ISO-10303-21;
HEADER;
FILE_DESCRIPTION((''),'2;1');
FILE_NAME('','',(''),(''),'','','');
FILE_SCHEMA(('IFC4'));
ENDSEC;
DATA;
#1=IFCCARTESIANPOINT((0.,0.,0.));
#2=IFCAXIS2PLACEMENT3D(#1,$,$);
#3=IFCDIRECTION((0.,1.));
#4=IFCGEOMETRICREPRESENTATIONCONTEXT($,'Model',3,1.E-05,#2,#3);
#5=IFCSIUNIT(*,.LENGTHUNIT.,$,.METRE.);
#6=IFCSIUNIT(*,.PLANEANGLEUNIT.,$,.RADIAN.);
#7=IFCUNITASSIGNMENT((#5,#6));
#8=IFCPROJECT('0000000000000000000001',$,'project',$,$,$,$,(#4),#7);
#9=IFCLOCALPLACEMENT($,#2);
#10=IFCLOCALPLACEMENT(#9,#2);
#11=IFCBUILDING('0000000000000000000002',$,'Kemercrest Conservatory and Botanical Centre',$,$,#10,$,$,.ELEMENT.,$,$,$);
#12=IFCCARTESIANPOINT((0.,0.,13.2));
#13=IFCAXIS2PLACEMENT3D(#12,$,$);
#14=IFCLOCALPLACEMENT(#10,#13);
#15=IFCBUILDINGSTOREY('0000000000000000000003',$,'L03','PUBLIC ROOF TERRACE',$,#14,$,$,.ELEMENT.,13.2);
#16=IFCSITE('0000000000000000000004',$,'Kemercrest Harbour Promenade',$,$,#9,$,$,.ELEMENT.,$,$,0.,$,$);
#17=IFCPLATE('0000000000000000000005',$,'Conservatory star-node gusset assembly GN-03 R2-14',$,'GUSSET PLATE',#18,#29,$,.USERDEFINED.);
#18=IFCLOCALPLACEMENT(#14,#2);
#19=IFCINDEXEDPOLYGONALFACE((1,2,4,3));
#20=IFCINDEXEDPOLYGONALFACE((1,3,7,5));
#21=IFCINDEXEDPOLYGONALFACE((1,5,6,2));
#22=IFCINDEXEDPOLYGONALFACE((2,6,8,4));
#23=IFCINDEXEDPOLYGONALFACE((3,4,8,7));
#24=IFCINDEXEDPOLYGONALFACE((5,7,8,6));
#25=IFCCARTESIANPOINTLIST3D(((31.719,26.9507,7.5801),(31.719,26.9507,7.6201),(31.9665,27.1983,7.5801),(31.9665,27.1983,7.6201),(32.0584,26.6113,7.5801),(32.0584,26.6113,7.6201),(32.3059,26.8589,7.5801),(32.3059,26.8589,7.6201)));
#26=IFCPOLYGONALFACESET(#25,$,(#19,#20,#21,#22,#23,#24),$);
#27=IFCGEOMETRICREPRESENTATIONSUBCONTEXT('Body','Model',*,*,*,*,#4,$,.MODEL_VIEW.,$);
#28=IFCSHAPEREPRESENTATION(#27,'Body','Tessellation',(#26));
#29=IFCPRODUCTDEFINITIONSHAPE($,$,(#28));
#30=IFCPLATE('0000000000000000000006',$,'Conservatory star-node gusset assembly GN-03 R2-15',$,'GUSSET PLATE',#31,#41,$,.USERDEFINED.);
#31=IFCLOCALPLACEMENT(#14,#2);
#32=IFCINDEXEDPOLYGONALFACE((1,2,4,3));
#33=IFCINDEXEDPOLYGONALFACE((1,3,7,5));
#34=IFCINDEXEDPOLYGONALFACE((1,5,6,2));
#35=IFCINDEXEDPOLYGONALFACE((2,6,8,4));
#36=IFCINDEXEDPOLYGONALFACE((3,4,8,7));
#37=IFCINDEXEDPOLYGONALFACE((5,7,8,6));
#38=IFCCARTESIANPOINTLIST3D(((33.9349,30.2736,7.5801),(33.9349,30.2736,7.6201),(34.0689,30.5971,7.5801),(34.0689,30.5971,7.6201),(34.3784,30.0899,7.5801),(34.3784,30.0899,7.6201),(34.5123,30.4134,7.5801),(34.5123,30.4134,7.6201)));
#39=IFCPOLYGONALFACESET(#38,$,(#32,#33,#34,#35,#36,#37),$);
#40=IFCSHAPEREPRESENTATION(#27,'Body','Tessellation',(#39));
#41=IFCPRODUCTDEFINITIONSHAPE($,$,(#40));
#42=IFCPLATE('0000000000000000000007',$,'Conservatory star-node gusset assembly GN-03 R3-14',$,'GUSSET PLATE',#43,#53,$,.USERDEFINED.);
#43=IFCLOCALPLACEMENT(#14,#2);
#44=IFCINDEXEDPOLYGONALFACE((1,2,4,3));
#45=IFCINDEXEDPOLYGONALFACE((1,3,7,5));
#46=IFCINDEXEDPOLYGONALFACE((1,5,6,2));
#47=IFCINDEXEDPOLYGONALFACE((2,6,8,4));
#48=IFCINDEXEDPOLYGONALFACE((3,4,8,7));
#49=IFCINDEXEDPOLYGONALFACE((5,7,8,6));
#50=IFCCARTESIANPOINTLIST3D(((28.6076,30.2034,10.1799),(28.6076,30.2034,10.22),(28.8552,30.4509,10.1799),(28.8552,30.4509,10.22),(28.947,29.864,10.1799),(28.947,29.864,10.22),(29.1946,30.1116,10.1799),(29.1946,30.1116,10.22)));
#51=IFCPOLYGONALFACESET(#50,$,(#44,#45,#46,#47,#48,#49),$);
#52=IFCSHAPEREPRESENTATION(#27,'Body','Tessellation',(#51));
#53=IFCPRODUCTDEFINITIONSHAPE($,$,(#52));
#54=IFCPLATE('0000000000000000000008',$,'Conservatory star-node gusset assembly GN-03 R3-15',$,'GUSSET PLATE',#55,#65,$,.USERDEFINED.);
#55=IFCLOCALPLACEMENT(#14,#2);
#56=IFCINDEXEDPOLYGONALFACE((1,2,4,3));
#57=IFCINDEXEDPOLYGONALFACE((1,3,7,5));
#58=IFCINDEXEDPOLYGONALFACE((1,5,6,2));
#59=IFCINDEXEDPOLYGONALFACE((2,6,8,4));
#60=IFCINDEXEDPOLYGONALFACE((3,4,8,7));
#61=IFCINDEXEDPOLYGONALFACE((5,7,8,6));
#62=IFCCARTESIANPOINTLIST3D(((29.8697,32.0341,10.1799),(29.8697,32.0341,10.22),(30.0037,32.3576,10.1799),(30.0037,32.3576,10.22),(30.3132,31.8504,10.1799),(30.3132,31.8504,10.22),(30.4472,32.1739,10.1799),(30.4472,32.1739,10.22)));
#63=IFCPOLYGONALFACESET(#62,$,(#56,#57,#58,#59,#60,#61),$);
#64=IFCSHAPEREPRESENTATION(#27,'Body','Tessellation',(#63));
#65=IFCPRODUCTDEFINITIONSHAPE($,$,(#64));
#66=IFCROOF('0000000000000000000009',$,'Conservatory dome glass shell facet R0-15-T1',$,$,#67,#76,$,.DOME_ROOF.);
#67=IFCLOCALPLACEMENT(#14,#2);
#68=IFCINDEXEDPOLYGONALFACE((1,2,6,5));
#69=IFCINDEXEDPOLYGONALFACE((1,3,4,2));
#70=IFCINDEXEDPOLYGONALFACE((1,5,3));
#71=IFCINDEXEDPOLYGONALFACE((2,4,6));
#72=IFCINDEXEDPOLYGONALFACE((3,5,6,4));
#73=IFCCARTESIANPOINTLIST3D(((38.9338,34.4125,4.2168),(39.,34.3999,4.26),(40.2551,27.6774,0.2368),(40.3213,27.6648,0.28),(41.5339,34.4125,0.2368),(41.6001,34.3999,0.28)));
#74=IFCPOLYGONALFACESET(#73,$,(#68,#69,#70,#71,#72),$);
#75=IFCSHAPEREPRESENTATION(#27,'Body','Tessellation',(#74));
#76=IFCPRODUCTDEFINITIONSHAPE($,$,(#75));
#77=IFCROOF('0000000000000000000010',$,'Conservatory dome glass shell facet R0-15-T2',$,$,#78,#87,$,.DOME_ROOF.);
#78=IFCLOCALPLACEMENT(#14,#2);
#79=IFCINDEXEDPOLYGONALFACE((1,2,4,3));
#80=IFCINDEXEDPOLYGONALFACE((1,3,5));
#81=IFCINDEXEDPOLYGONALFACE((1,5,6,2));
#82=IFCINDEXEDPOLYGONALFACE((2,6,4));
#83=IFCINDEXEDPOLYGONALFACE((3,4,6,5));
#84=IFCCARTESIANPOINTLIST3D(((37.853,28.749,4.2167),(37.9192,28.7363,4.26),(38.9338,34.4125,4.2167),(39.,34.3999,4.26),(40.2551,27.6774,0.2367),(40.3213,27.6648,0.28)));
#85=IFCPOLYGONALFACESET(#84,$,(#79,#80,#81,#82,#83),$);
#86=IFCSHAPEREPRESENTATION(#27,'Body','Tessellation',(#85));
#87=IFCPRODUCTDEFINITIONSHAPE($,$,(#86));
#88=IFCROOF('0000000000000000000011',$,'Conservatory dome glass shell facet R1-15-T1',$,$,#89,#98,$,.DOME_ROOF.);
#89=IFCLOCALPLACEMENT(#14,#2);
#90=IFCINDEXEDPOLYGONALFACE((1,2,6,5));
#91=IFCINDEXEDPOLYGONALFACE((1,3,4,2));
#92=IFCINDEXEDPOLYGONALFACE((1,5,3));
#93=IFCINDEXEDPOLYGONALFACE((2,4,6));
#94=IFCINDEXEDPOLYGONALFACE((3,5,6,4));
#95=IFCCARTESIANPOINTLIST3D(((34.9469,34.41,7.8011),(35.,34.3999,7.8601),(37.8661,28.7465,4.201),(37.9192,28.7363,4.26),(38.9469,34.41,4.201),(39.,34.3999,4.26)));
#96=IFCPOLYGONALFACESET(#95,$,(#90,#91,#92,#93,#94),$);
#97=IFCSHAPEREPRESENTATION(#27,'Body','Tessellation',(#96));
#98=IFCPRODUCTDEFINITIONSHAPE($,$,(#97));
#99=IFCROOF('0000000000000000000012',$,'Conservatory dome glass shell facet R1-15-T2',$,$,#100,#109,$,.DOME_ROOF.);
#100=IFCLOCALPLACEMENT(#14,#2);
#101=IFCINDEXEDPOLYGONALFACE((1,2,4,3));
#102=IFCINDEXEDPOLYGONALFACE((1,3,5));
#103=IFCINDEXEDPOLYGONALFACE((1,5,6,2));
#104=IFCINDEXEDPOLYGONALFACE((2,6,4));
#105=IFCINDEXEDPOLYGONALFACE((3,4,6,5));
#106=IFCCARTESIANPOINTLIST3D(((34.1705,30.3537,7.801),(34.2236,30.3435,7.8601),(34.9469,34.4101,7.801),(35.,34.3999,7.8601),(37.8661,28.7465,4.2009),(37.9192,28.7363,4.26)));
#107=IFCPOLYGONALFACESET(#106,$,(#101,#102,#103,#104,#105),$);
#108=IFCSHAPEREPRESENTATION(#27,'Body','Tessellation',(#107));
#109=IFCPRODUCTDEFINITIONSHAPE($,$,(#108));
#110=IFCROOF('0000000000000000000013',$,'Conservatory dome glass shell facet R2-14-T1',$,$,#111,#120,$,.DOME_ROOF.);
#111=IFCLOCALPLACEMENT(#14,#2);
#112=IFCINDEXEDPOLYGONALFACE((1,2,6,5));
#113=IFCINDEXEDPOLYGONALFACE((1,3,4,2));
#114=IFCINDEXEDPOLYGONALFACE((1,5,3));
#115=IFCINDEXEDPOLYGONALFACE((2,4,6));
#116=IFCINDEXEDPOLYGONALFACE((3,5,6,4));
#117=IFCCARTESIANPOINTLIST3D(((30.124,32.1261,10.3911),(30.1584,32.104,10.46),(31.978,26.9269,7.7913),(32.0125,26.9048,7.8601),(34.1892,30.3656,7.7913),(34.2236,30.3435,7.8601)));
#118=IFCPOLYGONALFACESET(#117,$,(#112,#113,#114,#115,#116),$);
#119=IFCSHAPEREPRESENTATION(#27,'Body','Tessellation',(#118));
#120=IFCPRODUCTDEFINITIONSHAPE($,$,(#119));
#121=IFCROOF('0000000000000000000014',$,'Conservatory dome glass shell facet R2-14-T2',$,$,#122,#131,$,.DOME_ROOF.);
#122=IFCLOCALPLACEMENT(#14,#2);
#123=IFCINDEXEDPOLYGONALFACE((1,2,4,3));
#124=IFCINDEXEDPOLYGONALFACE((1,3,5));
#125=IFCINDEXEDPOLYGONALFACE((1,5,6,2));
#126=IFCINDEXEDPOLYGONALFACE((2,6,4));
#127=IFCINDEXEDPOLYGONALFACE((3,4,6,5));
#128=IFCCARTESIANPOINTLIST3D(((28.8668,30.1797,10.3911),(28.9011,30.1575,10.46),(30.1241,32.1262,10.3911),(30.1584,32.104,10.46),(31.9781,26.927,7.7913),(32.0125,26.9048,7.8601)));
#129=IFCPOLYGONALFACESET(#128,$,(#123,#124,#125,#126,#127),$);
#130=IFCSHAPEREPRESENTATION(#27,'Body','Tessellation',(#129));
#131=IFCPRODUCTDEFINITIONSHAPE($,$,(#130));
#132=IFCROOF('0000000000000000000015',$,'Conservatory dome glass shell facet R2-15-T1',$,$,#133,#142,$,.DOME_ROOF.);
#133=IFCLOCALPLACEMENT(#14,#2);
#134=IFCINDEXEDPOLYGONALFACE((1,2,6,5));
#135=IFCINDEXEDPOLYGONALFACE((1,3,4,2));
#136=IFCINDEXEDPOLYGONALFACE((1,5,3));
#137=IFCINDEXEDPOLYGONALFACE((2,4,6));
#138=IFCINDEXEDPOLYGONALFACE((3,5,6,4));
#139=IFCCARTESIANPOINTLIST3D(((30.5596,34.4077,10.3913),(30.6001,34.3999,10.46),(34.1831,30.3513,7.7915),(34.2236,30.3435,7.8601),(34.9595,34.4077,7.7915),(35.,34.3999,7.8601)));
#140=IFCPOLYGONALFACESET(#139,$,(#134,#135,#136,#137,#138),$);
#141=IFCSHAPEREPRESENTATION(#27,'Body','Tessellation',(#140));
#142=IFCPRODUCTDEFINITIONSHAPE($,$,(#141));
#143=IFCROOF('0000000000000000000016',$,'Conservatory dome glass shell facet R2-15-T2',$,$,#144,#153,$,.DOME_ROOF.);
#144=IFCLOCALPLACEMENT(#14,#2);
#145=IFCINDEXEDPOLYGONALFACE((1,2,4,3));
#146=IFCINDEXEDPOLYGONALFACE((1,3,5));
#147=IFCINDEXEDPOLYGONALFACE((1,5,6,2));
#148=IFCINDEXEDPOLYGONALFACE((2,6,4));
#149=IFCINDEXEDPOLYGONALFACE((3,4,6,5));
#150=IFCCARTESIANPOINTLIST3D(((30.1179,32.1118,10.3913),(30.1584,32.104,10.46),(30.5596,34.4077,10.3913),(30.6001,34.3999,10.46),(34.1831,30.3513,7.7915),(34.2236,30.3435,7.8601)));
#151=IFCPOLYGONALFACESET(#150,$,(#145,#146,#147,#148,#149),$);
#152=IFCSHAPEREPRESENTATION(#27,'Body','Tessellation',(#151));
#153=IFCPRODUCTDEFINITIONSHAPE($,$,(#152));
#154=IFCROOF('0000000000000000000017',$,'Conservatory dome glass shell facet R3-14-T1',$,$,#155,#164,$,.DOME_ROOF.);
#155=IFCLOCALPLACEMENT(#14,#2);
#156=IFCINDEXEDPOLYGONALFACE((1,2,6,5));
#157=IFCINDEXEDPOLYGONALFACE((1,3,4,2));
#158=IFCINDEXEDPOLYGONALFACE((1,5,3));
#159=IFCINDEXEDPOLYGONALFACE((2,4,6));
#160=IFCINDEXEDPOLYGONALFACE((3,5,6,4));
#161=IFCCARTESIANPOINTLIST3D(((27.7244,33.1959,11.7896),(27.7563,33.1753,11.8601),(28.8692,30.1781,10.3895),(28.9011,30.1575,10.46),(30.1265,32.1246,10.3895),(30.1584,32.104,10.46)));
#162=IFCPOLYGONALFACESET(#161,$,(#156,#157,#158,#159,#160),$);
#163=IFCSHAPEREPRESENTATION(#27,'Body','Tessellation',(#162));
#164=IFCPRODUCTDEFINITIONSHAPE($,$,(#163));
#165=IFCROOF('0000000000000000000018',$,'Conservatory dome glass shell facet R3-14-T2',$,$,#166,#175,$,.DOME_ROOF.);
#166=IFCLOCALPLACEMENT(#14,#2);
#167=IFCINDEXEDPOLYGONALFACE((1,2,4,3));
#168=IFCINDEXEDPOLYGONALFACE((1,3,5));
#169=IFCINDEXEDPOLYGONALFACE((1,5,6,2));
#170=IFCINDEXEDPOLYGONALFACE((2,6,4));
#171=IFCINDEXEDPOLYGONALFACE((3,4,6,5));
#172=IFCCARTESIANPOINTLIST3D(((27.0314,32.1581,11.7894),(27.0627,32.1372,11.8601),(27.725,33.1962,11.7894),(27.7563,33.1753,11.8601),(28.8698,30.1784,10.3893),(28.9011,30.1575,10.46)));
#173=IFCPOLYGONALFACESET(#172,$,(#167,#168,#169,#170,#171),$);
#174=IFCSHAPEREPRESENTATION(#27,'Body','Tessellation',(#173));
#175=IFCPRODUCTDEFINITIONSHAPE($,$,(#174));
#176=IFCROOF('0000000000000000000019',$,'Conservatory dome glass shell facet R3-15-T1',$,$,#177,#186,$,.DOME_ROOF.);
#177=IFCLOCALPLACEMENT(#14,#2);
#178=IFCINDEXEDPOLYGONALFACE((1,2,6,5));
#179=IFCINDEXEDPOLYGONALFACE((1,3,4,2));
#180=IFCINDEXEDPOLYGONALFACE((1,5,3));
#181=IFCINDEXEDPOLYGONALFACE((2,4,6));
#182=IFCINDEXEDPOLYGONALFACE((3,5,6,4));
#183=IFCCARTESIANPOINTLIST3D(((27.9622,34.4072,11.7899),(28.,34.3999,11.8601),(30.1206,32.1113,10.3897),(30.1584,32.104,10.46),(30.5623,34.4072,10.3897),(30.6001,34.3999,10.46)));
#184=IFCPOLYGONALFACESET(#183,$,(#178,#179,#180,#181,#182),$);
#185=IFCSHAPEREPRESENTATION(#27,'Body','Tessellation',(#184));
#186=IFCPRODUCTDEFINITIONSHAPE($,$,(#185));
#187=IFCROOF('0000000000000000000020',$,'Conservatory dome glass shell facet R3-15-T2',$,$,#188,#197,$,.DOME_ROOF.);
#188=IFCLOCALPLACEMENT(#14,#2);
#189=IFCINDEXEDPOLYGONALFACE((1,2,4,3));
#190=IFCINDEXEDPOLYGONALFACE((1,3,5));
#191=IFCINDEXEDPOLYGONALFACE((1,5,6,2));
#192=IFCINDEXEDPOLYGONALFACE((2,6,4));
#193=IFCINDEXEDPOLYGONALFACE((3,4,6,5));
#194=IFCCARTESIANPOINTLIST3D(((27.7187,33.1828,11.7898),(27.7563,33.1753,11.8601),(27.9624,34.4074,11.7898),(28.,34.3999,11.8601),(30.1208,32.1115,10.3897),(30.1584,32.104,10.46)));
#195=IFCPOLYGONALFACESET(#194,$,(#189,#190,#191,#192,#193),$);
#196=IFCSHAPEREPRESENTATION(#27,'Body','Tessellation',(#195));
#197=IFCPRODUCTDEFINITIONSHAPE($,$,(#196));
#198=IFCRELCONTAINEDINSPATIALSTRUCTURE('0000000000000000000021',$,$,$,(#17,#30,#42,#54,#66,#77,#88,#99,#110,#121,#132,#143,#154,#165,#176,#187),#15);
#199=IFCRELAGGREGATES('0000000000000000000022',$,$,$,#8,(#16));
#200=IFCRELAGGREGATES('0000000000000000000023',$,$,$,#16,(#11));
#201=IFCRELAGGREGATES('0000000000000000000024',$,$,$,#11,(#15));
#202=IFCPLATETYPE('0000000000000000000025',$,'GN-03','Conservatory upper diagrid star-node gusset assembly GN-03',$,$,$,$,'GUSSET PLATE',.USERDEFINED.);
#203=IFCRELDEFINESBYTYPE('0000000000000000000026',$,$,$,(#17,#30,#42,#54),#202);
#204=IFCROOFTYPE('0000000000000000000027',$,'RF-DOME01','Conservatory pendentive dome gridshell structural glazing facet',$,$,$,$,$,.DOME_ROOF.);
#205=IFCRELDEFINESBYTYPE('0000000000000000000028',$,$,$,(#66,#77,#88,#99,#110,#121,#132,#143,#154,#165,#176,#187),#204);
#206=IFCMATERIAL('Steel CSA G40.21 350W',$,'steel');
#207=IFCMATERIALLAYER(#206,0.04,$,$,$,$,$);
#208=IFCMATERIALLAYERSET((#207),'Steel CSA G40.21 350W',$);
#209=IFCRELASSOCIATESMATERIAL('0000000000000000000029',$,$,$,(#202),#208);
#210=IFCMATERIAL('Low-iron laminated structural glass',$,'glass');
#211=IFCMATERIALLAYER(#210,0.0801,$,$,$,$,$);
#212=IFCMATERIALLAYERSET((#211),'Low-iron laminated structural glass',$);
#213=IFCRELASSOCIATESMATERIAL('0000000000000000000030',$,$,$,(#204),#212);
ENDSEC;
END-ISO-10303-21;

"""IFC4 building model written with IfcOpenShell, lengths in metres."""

from ifc_helpers import new_model, si_unit, direction, frame, origin, origin_2d, place, context, subcontext, project, spatial, polyline, rectangle, outline, extrude, material, layer, layer_set, type_object, element, save


model = new_model("IFC4")

# Units and contexts
model_context = context("Model", 3, precision=1e-05, world=origin(), true_north=direction((0.0, 1.0)))
body_context = subcontext(model_context, "Body", "Model", "MODEL_VIEW")
ifc_project = project(units=[si_unit("LENGTHUNIT", "METRE"), si_unit("PLANEANGLEUNIT", "RADIAN")], contexts=[model_context])

# Site, building, storey
site_placement = place(None, origin())
site = spatial("IfcSite", under=ifc_project, at=site_placement, Name="Kemercrest Harbour Promenade", CompositionType="ELEMENT", RefElevation=0.0)
building_placement = place(site_placement, origin())
building = spatial("IfcBuilding", under=site, at=building_placement, Name="Kemercrest Conservatory and Botanical Centre", CompositionType="ELEMENT")
storey_placement = place(building_placement, frame((0.0, 0.0, 13.2)))
storey = spatial("IfcBuildingStorey", under=building, at=storey_placement, Name="L03", Description="PUBLIC ROOF TERRACE", CompositionType="ELEMENT", Elevation=13.2)

# Shared definitions
ifc_material_1 = material(Name="Steel CSA G40.21 350W", Category="steel")

# Plates
ifc_layer_1 = layer(ifc_material_1, 0.04)
ifc_layer_set_1 = layer_set([ifc_layer_1], Name="Steel CSA G40.21 350W")
plate_type_1 = type_object("IfcPlateType", Name="GN-03", Description="Conservatory upper diagrid star-node gusset assembly GN-03", ElementType="GUSSET PLATE", PredefinedType="USERDEFINED", material=ifc_layer_set_1)
for number, where, z_axis, x_axis, name in (
    (1, (32.0125, 26.9048, 7.5801), (0.0, 0.0, 1.0), (-0.707107, 0.707107, 0.0), "Conservatory star-node gusset assembly GN-03 R2-14"),
    (2, (34.2236, 30.3435, 7.5801), (0.0, 0.0, 1.0), (-0.92388, 0.382683, 0.0), "Conservatory star-node gusset assembly GN-03 R2-15"),
    (3, (28.9011, 30.1575, 10.1799), (0.0, 0.0, 1.0), (-0.707107, 0.707107, 0.0), "Conservatory star-node gusset assembly GN-03 R3-14"),
    (4, (30.1584, 32.104, 10.1799), (0.0, 0.0, 1.0), (-0.92388, 0.382683, 0.0), "Conservatory star-node gusset assembly GN-03 R3-15"),
):
    element("IfcPlate", number, at=place(storey_placement, frame(where, z_axis=z_axis, x_axis=x_axis)), inside=storey, type_object=plate_type_1, Name=name, ObjectType="GUSSET PLATE", PredefinedType="USERDEFINED", context=body_context, shape_type="SweptSolid", body=[
        extrude(rectangle(XDim=0.48, YDim=0.3501, at=origin_2d()), origin(), (0.0, 0.0, 1.0), 0.04),
    ])

# Roofs
ifc_material_2 = material(Name="Low-iron laminated structural glass", Category="glass")
ifc_layer_2 = layer(ifc_material_2, 0.0801)
ifc_layer_set_2 = layer_set([ifc_layer_2], Name="Low-iron laminated structural glass")
roof_type = type_object("IfcRoofType", Name="RF-DOME01", Description="Conservatory pendentive dome gridshell structural glazing facet", PredefinedType="DOME_ROOF", material=ifc_layer_set_2)
roof_1_placement = place(storey_placement, frame((40.3213, 27.6648, 0.28), z_axis=(0.826801, -0.156986, 0.540144), x_axis=(0.186539, 0.982447, 0.0)))
element("IfcRoof", 5, at=roof_1_placement, inside=storey, type_object=roof_type, Name="Conservatory dome glass shell facet R0-15-T1", PredefinedType="DOME_ROOF", context=body_context, shape_type="SweptSolid", body=[
    extrude(outline(polyline([(0.0, 0.0), (6.8554, 0.0), (6.3704, 4.7292), (0.0, 0.0)])), origin(), (0.0, 0.0, -1.0), 0.0801),
])
roof_2_placement = place(storey_placement, frame((40.3213, 27.6648, 0.28), z_axis=(0.826095, -0.157648, 0.54103), x_axis=(-0.166536, 0.848896, 0.501639)))
element("IfcRoof", 6, at=roof_2_placement, inside=storey, type_object=roof_type, Name="Conservatory dome glass shell facet R0-15-T2", PredefinedType="DOME_ROOF", context=body_context, shape_type="SweptSolid", body=[
    extrude(outline(polyline([(0.0, 0.0), (7.934, 0.0), (3.3062, 3.4392), (0.0, 0.0)])), origin(), (0.0, 0.0, -1.0), 0.0801),
])
roof_3_placement = place(storey_placement, frame((37.9192, 28.7363, 4.26), z_axis=(0.663589, -0.126636, 0.737301), x_axis=(0.187453, 0.982274, 0.0)))
element("IfcRoof", 7, at=roof_3_placement, inside=storey, type_object=roof_type, Name="Conservatory dome glass shell facet R1-15-T1", PredefinedType="DOME_ROOF", context=body_context, shape_type="SweptSolid", body=[
    extrude(outline(polyline([(0.0, 0.0), (5.7658, 0.0), (5.016, 5.329), (0.0, 0.0)])), origin(), (0.0, 0.0, -1.0), 0.0801),
])
roof_4_placement = place(storey_placement, frame((37.9192, 28.7363, 4.26), z_axis=(0.663273, -0.126946, 0.737532), x_axis=(-0.398886, 0.773885, 0.491927)))
element("IfcRoof", 8, at=roof_4_placement, inside=storey, type_object=roof_type, Name="Conservatory dome glass shell facet R1-15-T2", PredefinedType="DOME_ROOF", context=body_context, shape_type="SweptSolid", body=[
    extrude(outline(polyline([(0.0, 0.0), (7.3184, 0.0), (4.4889, 3.0085), (0.0, 0.0)])), origin(), (0.0, 0.0, -1.0), 0.0801),
])
roof_5_placement = place(storey_placement, frame((32.0125, 26.9048, 7.8601), z_axis=(0.429947, -0.276466, 0.859484), x_axis=(0.540857, 0.841114, 0.0)))
element("IfcRoof", 9, at=roof_5_placement, inside=storey, type_object=roof_type, Name="Conservatory dome glass shell facet R2-14-T1", PredefinedType="DOME_ROOF", context=body_context, shape_type="SweptSolid", body=[
    extrude(outline(polyline([(0.0, 0.0), (4.0883, 0.0), (3.3704, 5.0862), (0.0, 0.0)])), origin(), (0.0, 0.0, -1.0), 0.0801),
])
roof_6_placement = place(storey_placement, frame((32.0125, 26.9048, 7.8601), z_axis=(0.428877, -0.277025, 0.859838), x_axis=(-0.30386, 0.85212, 0.4261)))
element("IfcRoof", 10, at=roof_6_placement, inside=storey, type_object=roof_type, Name="Conservatory dome glass shell facet R2-14-T2", PredefinedType="DOME_ROOF", context=body_context, shape_type="SweptSolid", body=[
    extrude(outline(polyline([(0.0, 0.0), (6.1015, 0.0), (4.8249, 1.9339), (0.0, 0.0)])), origin(), (0.0, 0.0, -1.0), 0.0801),
])
roof_7_placement = place(storey_placement, frame((34.2236, 30.3435, 7.8601), z_axis=(0.506322, -0.096907, 0.856882), x_axis=(0.187981, 0.982173, 0.0)))
element("IfcRoof", 11, at=roof_7_placement, inside=storey, type_object=roof_type, Name="Conservatory dome glass shell facet R2-15-T1", PredefinedType="DOME_ROOF", context=body_context, shape_type="SweptSolid", body=[
    extrude(outline(polyline([(0.0, 0.0), (4.13, 0.0), (3.3029, 5.0432), (0.0, 0.0)])), origin(), (0.0, 0.0, -1.0), 0.0801),
])
roof_8_placement = place(storey_placement, frame((34.2236, 30.3435, 7.8601), z_axis=(0.505965, -0.09733, 0.857045), x_axis=(-0.601061, 0.672863, 0.431256)))
element("IfcRoof", 12, at=roof_8_placement, inside=storey, type_object=roof_type, Name="Conservatory dome glass shell facet R2-15-T2", PredefinedType="DOME_ROOF", context=body_context, shape_type="SweptSolid", body=[
    extrude(outline(polyline([(0.0, 0.0), (6.0286, 0.0), (4.7492, 1.9569), (0.0, 0.0)])), origin(), (0.0, 0.0, -1.0), 0.0801),
])
roof_9_placement = place(storey_placement, frame((28.9011, 30.1575, 10.46), z_axis=(0.398392, -0.257333, 0.880377), x_axis=(0.542583, 0.840002, 0.0)))
element("IfcRoof", 13, at=roof_9_placement, inside=storey, type_object=roof_type, Name="Conservatory dome glass shell facet R3-14-T1", PredefinedType="DOME_ROOF", context=body_context, shape_type="SweptSolid", body=[
    extrude(outline(polyline([(0.0, 0.0), (2.3173, 0.0), (1.9138, 2.9522), (0.0, 0.0)])), origin(), (0.0, 0.0, -1.0), 0.0801),
])
roof_10_placement = place(storey_placement, frame((28.9011, 30.1575, 10.46), z_axis=(0.390918, -0.261194, 0.882587), x_axis=(-0.325381, 0.857759, 0.397965)))
element("IfcRoof", 14, at=roof_10_placement, inside=storey, type_object=roof_type, Name="Conservatory dome glass shell facet R3-14-T2", PredefinedType="DOME_ROOF", context=body_context, shape_type="SweptSolid", body=[
    extrude(outline(polyline([(0.0, 0.0), (3.5183, 0.0), (2.8535, 1.0568), (0.0, 0.0)])), origin(), (0.0, 0.0, -1.0), 0.0801),
])
roof_11_placement = place(storey_placement, frame((30.1584, 32.104, 10.46), z_axis=(0.472165, -0.090828, 0.876819), x_axis=(0.188902, 0.981996, 0.0)))
element("IfcRoof", 15, at=roof_11_placement, inside=storey, type_object=roof_type, Name="Conservatory dome glass shell facet R3-15-T1", PredefinedType="DOME_ROOF", context=body_context, shape_type="SweptSolid", body=[
    extrude(outline(polyline([(0.0, 0.0), (2.338, 0.0), (1.8468, 2.912), (0.0, 0.0)])), origin(), (0.0, 0.0, -1.0), 0.0801),
])
roof_12_placement = place(storey_placement, frame((30.1584, 32.104, 10.46), z_axis=(0.469924, -0.093498, 0.877741), x_axis=(-0.625954, 0.665815, 0.406045)))
element("IfcRoof", 16, at=roof_12_placement, inside=storey, type_object=roof_type, Name="Conservatory dome glass shell facet R3-15-T2", PredefinedType="DOME_ROOF", context=body_context, shape_type="SweptSolid", body=[
    extrude(outline(polyline([(0.0, 0.0), (3.4483, 0.0), (2.7854, 1.0581), (0.0, 0.0)])), origin(), (0.0, 0.0, -1.0), 0.0801),
])

save(model, "model.ifc")
